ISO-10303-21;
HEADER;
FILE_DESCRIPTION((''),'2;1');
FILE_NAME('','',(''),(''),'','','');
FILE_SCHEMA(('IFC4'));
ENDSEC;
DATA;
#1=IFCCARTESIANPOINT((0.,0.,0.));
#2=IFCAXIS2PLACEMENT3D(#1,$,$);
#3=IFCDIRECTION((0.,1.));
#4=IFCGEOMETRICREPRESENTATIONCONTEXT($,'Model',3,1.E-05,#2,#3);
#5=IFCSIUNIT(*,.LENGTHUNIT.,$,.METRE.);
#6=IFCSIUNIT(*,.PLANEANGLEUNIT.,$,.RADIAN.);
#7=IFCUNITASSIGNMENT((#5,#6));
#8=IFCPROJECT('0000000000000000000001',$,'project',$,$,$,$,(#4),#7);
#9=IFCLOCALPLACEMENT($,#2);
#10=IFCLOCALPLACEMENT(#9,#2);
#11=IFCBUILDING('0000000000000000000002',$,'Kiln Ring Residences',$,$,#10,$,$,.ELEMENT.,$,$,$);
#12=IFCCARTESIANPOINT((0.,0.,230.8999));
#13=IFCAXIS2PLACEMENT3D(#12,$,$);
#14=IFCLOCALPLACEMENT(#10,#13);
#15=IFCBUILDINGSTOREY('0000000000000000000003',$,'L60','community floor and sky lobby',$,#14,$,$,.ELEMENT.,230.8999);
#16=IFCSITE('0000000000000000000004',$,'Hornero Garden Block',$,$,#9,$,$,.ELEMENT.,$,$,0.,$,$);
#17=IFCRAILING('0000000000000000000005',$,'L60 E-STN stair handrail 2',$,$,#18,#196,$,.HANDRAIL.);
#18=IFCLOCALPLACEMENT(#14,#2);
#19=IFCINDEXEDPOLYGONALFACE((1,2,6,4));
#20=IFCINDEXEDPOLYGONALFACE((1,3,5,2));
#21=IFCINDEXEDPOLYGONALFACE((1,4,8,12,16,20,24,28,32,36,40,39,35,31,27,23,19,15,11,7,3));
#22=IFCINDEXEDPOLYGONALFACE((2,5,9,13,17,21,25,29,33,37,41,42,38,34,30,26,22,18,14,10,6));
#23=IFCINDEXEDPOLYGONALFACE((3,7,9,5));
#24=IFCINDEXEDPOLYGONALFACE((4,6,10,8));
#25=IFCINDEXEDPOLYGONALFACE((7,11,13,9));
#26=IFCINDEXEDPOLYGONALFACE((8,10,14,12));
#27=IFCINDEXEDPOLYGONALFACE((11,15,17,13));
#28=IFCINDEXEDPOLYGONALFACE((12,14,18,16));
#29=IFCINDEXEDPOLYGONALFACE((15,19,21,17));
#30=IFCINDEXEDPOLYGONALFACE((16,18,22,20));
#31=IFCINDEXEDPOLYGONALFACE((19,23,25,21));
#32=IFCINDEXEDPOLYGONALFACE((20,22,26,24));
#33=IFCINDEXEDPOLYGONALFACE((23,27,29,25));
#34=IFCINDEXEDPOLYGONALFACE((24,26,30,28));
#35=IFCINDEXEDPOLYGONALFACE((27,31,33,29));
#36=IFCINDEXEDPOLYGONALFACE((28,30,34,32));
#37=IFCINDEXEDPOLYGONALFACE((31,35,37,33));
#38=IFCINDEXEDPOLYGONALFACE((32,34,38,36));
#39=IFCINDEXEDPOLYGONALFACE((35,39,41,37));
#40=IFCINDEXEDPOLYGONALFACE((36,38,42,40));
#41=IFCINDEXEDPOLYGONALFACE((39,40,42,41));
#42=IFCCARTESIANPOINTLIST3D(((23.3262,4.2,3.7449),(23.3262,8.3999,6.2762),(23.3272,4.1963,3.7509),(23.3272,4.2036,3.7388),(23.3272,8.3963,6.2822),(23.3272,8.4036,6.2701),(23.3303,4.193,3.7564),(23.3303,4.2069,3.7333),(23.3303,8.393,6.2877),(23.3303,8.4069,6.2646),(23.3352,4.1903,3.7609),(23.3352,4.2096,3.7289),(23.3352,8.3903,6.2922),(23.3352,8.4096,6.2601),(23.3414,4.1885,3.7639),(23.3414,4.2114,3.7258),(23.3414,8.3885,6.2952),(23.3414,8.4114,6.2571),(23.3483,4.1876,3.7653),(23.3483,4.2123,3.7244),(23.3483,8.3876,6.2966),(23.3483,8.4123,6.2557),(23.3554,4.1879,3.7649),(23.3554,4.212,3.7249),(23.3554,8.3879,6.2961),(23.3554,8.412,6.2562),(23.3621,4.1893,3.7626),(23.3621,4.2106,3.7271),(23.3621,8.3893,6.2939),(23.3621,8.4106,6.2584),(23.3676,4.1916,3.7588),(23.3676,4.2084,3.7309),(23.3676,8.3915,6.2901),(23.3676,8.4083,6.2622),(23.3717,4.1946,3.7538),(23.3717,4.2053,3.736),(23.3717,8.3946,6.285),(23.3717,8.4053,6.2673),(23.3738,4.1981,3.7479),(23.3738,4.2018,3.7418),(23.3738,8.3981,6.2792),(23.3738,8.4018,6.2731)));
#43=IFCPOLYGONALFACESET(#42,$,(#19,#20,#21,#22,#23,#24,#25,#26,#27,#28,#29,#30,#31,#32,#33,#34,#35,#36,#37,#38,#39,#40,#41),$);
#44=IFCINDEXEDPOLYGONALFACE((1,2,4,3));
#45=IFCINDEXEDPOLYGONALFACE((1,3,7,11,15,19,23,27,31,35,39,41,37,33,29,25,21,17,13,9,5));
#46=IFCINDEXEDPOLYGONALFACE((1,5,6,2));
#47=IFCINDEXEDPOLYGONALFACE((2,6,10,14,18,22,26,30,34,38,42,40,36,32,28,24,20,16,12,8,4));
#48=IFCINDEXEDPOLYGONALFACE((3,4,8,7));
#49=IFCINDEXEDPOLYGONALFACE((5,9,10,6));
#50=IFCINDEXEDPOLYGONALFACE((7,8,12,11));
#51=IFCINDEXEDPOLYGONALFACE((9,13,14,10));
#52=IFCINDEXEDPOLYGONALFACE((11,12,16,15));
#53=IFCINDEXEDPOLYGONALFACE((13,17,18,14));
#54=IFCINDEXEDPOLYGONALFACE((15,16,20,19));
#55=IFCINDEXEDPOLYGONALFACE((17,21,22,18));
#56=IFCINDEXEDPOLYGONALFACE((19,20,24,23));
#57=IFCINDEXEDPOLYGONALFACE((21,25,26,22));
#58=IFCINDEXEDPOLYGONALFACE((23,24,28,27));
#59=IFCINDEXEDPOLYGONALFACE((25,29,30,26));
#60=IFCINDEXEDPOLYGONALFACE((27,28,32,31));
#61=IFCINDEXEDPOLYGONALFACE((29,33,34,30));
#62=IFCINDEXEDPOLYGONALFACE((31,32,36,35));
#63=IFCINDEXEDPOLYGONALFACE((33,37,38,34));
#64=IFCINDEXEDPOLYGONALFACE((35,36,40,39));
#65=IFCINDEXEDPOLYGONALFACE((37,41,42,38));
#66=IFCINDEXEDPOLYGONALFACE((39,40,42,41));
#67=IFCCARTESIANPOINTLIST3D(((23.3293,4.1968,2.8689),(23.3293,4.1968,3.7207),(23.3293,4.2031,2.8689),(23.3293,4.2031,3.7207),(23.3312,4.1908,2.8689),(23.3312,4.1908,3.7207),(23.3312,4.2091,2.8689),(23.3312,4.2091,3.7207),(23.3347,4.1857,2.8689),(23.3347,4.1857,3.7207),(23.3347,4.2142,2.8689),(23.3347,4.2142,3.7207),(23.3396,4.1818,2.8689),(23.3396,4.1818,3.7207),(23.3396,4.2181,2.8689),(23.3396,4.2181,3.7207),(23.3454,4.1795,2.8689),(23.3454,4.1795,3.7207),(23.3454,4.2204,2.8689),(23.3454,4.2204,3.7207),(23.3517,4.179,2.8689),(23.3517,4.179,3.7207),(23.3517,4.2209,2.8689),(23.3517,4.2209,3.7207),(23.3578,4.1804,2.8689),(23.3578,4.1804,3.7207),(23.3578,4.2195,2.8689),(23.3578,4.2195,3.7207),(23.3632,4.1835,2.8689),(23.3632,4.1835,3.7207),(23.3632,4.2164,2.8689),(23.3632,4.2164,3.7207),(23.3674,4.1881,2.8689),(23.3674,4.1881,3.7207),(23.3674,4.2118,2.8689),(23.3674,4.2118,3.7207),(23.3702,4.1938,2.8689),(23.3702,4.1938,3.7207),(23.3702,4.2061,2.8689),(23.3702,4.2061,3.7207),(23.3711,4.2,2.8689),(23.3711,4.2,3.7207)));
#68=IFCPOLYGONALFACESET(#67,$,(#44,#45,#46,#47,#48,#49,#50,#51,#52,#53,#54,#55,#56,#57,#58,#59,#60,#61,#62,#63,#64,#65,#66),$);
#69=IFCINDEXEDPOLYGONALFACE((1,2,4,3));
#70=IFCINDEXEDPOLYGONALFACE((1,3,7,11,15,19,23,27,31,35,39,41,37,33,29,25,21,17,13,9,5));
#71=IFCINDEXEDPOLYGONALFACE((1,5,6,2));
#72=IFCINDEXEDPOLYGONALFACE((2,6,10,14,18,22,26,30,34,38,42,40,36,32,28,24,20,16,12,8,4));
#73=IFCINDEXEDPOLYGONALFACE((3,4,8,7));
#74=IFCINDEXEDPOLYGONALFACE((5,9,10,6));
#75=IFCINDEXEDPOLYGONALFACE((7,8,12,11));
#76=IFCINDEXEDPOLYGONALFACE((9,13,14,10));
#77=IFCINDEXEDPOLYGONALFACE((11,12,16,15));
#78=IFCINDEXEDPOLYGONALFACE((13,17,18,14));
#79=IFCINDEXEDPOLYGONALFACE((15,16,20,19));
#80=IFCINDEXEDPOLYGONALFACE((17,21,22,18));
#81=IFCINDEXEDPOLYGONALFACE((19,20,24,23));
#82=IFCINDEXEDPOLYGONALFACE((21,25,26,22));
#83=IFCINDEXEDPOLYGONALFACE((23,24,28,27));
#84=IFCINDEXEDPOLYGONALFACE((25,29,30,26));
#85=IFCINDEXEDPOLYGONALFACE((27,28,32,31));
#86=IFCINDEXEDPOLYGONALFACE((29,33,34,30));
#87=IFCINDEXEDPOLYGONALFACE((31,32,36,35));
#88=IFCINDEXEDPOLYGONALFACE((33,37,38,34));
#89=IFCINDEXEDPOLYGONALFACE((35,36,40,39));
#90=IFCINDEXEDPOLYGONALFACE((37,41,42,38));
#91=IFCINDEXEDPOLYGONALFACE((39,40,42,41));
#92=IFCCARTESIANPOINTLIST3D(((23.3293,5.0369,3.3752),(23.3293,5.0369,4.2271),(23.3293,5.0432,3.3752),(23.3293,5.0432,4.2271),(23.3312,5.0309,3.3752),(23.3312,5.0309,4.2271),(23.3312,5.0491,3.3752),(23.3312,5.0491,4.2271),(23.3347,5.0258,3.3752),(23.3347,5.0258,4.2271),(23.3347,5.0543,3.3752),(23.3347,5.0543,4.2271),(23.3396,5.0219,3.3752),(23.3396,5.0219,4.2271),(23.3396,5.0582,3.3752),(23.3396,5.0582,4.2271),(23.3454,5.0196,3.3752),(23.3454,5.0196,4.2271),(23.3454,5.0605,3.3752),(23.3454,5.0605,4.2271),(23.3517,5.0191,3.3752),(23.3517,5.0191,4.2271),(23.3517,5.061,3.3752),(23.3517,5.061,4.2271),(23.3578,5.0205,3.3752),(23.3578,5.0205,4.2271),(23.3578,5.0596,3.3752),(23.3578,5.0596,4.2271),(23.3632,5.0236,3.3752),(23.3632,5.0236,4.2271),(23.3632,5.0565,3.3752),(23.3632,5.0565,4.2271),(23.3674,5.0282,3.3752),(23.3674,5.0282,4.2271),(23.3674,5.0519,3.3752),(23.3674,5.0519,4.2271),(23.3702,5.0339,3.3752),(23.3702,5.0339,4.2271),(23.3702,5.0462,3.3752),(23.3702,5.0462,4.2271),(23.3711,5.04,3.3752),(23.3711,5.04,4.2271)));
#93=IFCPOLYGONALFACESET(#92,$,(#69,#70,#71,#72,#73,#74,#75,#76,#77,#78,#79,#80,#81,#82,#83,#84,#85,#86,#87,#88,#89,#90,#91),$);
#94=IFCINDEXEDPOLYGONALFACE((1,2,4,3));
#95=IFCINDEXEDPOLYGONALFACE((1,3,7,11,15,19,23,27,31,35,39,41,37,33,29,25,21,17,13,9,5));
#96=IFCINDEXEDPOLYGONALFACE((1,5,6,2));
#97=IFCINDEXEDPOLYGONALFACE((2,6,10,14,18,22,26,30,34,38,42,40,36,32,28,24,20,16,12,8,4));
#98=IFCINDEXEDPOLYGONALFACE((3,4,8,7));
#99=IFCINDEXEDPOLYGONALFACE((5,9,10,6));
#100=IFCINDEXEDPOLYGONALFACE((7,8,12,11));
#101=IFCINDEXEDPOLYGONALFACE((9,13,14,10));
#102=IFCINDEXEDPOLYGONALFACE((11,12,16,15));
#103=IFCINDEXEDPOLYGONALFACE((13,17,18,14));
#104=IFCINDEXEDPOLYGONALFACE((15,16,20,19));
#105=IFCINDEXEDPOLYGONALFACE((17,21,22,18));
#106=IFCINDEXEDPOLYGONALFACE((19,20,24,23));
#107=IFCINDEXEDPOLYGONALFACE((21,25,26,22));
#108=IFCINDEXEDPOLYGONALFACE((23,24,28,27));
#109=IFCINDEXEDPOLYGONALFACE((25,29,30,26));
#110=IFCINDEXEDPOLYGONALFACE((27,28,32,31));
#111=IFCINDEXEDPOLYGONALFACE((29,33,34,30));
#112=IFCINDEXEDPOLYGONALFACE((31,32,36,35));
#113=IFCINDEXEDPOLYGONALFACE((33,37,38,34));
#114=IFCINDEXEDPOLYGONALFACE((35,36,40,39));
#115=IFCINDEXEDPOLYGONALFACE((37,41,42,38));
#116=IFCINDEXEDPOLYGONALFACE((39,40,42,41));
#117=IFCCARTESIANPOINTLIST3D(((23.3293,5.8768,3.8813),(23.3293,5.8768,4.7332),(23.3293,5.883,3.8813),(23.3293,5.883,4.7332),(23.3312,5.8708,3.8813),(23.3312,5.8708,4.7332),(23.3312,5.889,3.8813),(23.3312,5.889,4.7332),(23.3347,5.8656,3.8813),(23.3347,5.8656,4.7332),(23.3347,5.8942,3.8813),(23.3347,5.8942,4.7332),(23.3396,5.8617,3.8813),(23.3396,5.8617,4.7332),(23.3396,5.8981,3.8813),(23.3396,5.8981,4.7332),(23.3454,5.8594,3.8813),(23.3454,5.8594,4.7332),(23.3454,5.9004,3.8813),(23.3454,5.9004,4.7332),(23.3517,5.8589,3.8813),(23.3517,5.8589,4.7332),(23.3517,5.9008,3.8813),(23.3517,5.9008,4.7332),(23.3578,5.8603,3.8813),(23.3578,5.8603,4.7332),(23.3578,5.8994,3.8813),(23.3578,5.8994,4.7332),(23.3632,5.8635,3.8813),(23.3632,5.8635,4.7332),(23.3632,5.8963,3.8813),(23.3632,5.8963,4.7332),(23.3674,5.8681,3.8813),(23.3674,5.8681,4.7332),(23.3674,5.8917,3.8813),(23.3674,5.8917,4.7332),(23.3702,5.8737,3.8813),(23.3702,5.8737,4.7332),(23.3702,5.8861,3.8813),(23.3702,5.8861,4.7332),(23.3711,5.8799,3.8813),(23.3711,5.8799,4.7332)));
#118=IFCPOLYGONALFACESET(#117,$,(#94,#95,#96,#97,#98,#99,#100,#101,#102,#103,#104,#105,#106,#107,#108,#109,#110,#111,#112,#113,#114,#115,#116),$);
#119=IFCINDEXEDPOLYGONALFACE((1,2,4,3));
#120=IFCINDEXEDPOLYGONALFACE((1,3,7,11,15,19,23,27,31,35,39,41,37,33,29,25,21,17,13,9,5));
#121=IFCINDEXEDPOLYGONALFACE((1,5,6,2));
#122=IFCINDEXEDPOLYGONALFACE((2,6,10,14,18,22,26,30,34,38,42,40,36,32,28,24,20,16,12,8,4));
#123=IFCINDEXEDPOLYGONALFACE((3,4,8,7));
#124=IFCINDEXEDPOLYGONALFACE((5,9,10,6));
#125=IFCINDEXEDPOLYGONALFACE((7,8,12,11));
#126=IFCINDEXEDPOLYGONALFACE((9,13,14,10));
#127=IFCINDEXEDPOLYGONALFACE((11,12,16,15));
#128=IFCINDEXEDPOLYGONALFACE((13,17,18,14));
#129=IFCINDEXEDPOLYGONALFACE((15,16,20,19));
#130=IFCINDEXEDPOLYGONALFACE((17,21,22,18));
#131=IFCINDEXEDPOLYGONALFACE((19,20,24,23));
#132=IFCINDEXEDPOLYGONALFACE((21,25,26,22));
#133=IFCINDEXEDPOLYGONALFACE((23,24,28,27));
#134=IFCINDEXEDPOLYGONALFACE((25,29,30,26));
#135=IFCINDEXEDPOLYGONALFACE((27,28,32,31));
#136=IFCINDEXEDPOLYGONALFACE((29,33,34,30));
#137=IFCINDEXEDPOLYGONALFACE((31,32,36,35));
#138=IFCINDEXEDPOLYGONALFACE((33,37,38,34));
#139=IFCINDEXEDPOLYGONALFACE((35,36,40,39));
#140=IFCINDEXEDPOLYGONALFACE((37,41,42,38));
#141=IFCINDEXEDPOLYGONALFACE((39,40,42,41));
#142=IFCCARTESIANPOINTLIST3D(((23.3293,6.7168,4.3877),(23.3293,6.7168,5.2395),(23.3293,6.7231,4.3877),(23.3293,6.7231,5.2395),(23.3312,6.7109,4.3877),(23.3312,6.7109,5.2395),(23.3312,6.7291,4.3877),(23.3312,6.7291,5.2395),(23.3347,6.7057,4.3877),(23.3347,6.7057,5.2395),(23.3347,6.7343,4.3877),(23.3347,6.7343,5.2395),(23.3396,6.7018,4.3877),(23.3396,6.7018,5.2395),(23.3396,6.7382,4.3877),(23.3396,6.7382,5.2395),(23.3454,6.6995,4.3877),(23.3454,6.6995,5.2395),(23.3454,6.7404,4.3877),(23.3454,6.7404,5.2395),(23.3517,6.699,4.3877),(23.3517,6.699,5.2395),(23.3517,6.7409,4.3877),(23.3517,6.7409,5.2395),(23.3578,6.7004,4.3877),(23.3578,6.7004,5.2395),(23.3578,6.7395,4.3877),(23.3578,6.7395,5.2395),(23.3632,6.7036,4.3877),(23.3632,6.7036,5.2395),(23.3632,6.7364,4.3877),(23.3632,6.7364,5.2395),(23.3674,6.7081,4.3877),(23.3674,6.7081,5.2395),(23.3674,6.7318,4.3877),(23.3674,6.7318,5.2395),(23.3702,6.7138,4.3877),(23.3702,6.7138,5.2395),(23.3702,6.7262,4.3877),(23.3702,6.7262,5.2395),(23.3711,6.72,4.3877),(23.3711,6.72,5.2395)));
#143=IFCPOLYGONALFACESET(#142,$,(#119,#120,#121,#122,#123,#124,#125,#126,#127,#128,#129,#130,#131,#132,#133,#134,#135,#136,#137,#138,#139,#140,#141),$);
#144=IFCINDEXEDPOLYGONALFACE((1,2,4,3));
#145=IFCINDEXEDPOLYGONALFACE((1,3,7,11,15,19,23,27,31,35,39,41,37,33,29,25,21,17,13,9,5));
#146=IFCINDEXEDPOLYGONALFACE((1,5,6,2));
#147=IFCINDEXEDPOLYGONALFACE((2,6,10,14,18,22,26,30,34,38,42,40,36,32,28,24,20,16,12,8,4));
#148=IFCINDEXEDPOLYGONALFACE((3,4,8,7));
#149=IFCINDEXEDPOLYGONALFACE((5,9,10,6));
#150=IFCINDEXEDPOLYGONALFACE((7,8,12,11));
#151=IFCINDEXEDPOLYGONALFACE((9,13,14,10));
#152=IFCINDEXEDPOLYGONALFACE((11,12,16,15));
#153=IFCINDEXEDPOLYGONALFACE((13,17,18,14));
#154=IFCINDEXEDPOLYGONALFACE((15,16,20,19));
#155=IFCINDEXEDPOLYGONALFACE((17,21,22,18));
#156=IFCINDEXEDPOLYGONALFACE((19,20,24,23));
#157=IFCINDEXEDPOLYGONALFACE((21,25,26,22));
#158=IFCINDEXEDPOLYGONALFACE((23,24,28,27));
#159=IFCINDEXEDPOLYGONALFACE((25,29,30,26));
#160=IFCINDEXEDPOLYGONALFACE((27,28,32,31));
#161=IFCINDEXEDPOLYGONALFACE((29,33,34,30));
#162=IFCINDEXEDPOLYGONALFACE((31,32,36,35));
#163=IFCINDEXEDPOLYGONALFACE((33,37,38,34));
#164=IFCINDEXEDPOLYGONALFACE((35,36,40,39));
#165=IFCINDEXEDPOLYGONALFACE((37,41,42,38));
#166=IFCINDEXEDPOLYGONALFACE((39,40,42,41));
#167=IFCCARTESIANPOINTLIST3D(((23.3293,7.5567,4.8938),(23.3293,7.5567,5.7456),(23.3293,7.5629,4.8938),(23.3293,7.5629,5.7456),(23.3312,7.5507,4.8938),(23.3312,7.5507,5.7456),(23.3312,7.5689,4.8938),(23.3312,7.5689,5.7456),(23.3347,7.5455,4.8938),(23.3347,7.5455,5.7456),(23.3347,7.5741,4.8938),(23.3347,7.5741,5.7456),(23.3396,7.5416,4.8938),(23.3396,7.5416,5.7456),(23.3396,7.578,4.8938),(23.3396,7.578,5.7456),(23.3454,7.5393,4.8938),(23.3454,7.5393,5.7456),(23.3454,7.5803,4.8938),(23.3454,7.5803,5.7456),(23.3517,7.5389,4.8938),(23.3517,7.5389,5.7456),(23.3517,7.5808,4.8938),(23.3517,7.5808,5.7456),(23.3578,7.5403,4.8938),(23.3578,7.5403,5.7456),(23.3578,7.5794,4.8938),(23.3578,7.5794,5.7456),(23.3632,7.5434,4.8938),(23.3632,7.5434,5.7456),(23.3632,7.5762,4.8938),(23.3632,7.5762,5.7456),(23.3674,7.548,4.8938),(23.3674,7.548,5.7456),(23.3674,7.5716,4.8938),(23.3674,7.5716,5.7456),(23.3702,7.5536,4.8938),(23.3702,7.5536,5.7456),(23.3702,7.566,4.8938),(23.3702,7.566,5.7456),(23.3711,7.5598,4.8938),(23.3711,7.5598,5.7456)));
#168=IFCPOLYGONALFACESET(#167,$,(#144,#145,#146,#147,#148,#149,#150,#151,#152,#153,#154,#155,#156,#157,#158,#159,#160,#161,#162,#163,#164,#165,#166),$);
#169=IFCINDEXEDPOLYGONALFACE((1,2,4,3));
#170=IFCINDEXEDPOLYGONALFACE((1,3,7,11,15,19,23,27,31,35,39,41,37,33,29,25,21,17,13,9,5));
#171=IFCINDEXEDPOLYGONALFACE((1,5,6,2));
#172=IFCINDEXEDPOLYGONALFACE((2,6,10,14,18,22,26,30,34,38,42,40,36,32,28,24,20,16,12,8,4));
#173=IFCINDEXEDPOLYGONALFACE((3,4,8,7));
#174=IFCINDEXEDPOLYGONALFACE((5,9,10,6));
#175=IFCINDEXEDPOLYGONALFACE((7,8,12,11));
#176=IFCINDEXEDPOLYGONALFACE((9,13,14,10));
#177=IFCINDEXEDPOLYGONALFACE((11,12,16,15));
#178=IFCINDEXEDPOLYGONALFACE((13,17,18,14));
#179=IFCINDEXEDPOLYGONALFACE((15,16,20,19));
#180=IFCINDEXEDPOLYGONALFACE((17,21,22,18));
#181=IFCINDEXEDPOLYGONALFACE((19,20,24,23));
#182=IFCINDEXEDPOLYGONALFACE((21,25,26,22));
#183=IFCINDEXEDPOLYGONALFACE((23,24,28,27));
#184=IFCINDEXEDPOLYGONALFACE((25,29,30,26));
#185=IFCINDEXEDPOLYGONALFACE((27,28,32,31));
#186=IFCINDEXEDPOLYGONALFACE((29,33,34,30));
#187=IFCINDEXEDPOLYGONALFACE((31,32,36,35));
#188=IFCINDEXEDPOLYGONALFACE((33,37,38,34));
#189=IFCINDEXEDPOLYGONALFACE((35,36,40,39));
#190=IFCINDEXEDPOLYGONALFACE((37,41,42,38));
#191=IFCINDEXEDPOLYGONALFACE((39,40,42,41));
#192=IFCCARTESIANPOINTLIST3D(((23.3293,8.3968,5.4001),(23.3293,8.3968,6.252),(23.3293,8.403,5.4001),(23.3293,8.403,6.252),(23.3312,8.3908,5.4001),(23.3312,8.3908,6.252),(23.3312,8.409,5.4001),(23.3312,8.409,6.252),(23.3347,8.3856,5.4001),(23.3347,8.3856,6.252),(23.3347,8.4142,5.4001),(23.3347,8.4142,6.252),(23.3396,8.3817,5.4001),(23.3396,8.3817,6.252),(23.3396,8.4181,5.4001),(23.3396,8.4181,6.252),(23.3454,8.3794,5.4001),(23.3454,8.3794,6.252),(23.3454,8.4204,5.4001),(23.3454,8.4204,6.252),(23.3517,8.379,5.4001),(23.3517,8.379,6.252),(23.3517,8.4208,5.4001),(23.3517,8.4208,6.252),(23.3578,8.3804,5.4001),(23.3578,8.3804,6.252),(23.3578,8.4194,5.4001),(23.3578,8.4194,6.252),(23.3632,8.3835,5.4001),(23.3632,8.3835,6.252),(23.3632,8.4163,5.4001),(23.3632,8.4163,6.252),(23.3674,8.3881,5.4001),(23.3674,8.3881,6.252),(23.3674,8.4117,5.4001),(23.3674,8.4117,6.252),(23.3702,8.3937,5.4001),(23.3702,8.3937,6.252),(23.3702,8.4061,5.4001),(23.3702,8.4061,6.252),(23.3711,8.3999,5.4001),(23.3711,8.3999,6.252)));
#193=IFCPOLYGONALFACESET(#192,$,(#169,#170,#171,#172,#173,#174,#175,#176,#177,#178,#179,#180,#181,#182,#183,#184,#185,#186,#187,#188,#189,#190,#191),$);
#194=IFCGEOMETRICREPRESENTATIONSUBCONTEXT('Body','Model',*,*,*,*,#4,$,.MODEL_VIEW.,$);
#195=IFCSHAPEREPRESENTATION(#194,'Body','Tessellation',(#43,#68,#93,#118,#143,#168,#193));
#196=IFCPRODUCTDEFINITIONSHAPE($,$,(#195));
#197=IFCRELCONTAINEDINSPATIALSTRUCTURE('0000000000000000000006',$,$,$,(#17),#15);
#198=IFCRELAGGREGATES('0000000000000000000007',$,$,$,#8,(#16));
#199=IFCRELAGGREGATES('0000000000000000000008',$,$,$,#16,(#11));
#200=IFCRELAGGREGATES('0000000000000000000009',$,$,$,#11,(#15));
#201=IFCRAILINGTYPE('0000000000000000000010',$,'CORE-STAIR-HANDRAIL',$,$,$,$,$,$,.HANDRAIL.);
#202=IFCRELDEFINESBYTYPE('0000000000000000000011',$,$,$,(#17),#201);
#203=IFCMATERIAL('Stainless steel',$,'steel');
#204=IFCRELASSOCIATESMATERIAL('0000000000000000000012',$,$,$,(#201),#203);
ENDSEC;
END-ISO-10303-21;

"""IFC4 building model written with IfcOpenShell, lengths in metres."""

from ifc_helpers import new_model, si_unit, direction, frame, origin, origin_2d, place, context, subcontext, project, spatial, circle, extrude, material, type_object, element, save


model = new_model("IFC4")

# Units and contexts
model_context = context("Model", 3, precision=1e-05, world=origin(), true_north=direction((0.0, 1.0)))
body_context = subcontext(model_context, "Body", "Model", "MODEL_VIEW")
ifc_project = project(units=[si_unit("LENGTHUNIT", "METRE"), si_unit("PLANEANGLEUNIT", "RADIAN")], contexts=[model_context])

# Site, building, storey
site_placement = place(None, origin())
site = spatial("IfcSite", under=ifc_project, at=site_placement, Name="Hornero Garden Block", CompositionType="ELEMENT", RefElevation=0.0)
building_placement = place(site_placement, origin())
building = spatial("IfcBuilding", under=site, at=building_placement, Name="Kiln Ring Residences", CompositionType="ELEMENT")
storey_placement = place(building_placement, frame((0.0, 0.0, 230.8999)))
storey = spatial("IfcBuildingStorey", under=building, at=storey_placement, Name="L60", Description="community floor and sky lobby", CompositionType="ELEMENT", Elevation=230.8999)

# Railing
ifc_material_1 = material(Name="Stainless steel", Category="steel")
railing_type_1 = type_object("IfcRailingType", Name="CORE-STAIR-HANDRAIL", PredefinedType="HANDRAIL", material=ifc_material_1)
railing_1_placement = place(storey_placement, frame((23.3501, 4.2, 2.8689)))
element("IfcRailing", 1, at=railing_1_placement, inside=storey, type_object=railing_type_1, Name="L60 E-STN stair handrail 2", PredefinedType="HANDRAIL", context=body_context, shape_type="SweptSolid", body=[
    extrude(circle(Radius=0.0239, at=origin_2d()), frame((0.0, 0.0, 0.876), z_axis=(0.0, 0.856476, 0.516186), x_axis=(-1.0, 0.0, 0.0)), (0.0, 0.0, 1.0), 4.9038),
    extrude(circle(Radius=0.021, at=origin_2d()), origin(), (0.0, 0.0, 1.0), 0.8518),
    extrude(circle(Radius=0.021, at=origin_2d()), frame((0.0, 0.8401, 0.5063)), (0.0, 0.0, 1.0), 0.8518),
    extrude(circle(Radius=0.021, at=origin_2d()), frame((0.0, 1.6799, 1.0125)), (0.0, 0.0, 1.0), 0.8518),
    extrude(circle(Radius=0.021, at=origin_2d()), frame((0.0, 2.52, 1.5188)), (0.0, 0.0, 1.0), 0.8518),
    extrude(circle(Radius=0.021, at=origin_2d()), frame((0.0, 3.3599, 2.0249)), (0.0, 0.0, 1.0), 0.8518),
    extrude(circle(Radius=0.021, at=origin_2d()), frame((0.0, 4.2, 2.5312)), (0.0, 0.0, 1.0), 0.8518),
])

save(model, "model.ifc")
